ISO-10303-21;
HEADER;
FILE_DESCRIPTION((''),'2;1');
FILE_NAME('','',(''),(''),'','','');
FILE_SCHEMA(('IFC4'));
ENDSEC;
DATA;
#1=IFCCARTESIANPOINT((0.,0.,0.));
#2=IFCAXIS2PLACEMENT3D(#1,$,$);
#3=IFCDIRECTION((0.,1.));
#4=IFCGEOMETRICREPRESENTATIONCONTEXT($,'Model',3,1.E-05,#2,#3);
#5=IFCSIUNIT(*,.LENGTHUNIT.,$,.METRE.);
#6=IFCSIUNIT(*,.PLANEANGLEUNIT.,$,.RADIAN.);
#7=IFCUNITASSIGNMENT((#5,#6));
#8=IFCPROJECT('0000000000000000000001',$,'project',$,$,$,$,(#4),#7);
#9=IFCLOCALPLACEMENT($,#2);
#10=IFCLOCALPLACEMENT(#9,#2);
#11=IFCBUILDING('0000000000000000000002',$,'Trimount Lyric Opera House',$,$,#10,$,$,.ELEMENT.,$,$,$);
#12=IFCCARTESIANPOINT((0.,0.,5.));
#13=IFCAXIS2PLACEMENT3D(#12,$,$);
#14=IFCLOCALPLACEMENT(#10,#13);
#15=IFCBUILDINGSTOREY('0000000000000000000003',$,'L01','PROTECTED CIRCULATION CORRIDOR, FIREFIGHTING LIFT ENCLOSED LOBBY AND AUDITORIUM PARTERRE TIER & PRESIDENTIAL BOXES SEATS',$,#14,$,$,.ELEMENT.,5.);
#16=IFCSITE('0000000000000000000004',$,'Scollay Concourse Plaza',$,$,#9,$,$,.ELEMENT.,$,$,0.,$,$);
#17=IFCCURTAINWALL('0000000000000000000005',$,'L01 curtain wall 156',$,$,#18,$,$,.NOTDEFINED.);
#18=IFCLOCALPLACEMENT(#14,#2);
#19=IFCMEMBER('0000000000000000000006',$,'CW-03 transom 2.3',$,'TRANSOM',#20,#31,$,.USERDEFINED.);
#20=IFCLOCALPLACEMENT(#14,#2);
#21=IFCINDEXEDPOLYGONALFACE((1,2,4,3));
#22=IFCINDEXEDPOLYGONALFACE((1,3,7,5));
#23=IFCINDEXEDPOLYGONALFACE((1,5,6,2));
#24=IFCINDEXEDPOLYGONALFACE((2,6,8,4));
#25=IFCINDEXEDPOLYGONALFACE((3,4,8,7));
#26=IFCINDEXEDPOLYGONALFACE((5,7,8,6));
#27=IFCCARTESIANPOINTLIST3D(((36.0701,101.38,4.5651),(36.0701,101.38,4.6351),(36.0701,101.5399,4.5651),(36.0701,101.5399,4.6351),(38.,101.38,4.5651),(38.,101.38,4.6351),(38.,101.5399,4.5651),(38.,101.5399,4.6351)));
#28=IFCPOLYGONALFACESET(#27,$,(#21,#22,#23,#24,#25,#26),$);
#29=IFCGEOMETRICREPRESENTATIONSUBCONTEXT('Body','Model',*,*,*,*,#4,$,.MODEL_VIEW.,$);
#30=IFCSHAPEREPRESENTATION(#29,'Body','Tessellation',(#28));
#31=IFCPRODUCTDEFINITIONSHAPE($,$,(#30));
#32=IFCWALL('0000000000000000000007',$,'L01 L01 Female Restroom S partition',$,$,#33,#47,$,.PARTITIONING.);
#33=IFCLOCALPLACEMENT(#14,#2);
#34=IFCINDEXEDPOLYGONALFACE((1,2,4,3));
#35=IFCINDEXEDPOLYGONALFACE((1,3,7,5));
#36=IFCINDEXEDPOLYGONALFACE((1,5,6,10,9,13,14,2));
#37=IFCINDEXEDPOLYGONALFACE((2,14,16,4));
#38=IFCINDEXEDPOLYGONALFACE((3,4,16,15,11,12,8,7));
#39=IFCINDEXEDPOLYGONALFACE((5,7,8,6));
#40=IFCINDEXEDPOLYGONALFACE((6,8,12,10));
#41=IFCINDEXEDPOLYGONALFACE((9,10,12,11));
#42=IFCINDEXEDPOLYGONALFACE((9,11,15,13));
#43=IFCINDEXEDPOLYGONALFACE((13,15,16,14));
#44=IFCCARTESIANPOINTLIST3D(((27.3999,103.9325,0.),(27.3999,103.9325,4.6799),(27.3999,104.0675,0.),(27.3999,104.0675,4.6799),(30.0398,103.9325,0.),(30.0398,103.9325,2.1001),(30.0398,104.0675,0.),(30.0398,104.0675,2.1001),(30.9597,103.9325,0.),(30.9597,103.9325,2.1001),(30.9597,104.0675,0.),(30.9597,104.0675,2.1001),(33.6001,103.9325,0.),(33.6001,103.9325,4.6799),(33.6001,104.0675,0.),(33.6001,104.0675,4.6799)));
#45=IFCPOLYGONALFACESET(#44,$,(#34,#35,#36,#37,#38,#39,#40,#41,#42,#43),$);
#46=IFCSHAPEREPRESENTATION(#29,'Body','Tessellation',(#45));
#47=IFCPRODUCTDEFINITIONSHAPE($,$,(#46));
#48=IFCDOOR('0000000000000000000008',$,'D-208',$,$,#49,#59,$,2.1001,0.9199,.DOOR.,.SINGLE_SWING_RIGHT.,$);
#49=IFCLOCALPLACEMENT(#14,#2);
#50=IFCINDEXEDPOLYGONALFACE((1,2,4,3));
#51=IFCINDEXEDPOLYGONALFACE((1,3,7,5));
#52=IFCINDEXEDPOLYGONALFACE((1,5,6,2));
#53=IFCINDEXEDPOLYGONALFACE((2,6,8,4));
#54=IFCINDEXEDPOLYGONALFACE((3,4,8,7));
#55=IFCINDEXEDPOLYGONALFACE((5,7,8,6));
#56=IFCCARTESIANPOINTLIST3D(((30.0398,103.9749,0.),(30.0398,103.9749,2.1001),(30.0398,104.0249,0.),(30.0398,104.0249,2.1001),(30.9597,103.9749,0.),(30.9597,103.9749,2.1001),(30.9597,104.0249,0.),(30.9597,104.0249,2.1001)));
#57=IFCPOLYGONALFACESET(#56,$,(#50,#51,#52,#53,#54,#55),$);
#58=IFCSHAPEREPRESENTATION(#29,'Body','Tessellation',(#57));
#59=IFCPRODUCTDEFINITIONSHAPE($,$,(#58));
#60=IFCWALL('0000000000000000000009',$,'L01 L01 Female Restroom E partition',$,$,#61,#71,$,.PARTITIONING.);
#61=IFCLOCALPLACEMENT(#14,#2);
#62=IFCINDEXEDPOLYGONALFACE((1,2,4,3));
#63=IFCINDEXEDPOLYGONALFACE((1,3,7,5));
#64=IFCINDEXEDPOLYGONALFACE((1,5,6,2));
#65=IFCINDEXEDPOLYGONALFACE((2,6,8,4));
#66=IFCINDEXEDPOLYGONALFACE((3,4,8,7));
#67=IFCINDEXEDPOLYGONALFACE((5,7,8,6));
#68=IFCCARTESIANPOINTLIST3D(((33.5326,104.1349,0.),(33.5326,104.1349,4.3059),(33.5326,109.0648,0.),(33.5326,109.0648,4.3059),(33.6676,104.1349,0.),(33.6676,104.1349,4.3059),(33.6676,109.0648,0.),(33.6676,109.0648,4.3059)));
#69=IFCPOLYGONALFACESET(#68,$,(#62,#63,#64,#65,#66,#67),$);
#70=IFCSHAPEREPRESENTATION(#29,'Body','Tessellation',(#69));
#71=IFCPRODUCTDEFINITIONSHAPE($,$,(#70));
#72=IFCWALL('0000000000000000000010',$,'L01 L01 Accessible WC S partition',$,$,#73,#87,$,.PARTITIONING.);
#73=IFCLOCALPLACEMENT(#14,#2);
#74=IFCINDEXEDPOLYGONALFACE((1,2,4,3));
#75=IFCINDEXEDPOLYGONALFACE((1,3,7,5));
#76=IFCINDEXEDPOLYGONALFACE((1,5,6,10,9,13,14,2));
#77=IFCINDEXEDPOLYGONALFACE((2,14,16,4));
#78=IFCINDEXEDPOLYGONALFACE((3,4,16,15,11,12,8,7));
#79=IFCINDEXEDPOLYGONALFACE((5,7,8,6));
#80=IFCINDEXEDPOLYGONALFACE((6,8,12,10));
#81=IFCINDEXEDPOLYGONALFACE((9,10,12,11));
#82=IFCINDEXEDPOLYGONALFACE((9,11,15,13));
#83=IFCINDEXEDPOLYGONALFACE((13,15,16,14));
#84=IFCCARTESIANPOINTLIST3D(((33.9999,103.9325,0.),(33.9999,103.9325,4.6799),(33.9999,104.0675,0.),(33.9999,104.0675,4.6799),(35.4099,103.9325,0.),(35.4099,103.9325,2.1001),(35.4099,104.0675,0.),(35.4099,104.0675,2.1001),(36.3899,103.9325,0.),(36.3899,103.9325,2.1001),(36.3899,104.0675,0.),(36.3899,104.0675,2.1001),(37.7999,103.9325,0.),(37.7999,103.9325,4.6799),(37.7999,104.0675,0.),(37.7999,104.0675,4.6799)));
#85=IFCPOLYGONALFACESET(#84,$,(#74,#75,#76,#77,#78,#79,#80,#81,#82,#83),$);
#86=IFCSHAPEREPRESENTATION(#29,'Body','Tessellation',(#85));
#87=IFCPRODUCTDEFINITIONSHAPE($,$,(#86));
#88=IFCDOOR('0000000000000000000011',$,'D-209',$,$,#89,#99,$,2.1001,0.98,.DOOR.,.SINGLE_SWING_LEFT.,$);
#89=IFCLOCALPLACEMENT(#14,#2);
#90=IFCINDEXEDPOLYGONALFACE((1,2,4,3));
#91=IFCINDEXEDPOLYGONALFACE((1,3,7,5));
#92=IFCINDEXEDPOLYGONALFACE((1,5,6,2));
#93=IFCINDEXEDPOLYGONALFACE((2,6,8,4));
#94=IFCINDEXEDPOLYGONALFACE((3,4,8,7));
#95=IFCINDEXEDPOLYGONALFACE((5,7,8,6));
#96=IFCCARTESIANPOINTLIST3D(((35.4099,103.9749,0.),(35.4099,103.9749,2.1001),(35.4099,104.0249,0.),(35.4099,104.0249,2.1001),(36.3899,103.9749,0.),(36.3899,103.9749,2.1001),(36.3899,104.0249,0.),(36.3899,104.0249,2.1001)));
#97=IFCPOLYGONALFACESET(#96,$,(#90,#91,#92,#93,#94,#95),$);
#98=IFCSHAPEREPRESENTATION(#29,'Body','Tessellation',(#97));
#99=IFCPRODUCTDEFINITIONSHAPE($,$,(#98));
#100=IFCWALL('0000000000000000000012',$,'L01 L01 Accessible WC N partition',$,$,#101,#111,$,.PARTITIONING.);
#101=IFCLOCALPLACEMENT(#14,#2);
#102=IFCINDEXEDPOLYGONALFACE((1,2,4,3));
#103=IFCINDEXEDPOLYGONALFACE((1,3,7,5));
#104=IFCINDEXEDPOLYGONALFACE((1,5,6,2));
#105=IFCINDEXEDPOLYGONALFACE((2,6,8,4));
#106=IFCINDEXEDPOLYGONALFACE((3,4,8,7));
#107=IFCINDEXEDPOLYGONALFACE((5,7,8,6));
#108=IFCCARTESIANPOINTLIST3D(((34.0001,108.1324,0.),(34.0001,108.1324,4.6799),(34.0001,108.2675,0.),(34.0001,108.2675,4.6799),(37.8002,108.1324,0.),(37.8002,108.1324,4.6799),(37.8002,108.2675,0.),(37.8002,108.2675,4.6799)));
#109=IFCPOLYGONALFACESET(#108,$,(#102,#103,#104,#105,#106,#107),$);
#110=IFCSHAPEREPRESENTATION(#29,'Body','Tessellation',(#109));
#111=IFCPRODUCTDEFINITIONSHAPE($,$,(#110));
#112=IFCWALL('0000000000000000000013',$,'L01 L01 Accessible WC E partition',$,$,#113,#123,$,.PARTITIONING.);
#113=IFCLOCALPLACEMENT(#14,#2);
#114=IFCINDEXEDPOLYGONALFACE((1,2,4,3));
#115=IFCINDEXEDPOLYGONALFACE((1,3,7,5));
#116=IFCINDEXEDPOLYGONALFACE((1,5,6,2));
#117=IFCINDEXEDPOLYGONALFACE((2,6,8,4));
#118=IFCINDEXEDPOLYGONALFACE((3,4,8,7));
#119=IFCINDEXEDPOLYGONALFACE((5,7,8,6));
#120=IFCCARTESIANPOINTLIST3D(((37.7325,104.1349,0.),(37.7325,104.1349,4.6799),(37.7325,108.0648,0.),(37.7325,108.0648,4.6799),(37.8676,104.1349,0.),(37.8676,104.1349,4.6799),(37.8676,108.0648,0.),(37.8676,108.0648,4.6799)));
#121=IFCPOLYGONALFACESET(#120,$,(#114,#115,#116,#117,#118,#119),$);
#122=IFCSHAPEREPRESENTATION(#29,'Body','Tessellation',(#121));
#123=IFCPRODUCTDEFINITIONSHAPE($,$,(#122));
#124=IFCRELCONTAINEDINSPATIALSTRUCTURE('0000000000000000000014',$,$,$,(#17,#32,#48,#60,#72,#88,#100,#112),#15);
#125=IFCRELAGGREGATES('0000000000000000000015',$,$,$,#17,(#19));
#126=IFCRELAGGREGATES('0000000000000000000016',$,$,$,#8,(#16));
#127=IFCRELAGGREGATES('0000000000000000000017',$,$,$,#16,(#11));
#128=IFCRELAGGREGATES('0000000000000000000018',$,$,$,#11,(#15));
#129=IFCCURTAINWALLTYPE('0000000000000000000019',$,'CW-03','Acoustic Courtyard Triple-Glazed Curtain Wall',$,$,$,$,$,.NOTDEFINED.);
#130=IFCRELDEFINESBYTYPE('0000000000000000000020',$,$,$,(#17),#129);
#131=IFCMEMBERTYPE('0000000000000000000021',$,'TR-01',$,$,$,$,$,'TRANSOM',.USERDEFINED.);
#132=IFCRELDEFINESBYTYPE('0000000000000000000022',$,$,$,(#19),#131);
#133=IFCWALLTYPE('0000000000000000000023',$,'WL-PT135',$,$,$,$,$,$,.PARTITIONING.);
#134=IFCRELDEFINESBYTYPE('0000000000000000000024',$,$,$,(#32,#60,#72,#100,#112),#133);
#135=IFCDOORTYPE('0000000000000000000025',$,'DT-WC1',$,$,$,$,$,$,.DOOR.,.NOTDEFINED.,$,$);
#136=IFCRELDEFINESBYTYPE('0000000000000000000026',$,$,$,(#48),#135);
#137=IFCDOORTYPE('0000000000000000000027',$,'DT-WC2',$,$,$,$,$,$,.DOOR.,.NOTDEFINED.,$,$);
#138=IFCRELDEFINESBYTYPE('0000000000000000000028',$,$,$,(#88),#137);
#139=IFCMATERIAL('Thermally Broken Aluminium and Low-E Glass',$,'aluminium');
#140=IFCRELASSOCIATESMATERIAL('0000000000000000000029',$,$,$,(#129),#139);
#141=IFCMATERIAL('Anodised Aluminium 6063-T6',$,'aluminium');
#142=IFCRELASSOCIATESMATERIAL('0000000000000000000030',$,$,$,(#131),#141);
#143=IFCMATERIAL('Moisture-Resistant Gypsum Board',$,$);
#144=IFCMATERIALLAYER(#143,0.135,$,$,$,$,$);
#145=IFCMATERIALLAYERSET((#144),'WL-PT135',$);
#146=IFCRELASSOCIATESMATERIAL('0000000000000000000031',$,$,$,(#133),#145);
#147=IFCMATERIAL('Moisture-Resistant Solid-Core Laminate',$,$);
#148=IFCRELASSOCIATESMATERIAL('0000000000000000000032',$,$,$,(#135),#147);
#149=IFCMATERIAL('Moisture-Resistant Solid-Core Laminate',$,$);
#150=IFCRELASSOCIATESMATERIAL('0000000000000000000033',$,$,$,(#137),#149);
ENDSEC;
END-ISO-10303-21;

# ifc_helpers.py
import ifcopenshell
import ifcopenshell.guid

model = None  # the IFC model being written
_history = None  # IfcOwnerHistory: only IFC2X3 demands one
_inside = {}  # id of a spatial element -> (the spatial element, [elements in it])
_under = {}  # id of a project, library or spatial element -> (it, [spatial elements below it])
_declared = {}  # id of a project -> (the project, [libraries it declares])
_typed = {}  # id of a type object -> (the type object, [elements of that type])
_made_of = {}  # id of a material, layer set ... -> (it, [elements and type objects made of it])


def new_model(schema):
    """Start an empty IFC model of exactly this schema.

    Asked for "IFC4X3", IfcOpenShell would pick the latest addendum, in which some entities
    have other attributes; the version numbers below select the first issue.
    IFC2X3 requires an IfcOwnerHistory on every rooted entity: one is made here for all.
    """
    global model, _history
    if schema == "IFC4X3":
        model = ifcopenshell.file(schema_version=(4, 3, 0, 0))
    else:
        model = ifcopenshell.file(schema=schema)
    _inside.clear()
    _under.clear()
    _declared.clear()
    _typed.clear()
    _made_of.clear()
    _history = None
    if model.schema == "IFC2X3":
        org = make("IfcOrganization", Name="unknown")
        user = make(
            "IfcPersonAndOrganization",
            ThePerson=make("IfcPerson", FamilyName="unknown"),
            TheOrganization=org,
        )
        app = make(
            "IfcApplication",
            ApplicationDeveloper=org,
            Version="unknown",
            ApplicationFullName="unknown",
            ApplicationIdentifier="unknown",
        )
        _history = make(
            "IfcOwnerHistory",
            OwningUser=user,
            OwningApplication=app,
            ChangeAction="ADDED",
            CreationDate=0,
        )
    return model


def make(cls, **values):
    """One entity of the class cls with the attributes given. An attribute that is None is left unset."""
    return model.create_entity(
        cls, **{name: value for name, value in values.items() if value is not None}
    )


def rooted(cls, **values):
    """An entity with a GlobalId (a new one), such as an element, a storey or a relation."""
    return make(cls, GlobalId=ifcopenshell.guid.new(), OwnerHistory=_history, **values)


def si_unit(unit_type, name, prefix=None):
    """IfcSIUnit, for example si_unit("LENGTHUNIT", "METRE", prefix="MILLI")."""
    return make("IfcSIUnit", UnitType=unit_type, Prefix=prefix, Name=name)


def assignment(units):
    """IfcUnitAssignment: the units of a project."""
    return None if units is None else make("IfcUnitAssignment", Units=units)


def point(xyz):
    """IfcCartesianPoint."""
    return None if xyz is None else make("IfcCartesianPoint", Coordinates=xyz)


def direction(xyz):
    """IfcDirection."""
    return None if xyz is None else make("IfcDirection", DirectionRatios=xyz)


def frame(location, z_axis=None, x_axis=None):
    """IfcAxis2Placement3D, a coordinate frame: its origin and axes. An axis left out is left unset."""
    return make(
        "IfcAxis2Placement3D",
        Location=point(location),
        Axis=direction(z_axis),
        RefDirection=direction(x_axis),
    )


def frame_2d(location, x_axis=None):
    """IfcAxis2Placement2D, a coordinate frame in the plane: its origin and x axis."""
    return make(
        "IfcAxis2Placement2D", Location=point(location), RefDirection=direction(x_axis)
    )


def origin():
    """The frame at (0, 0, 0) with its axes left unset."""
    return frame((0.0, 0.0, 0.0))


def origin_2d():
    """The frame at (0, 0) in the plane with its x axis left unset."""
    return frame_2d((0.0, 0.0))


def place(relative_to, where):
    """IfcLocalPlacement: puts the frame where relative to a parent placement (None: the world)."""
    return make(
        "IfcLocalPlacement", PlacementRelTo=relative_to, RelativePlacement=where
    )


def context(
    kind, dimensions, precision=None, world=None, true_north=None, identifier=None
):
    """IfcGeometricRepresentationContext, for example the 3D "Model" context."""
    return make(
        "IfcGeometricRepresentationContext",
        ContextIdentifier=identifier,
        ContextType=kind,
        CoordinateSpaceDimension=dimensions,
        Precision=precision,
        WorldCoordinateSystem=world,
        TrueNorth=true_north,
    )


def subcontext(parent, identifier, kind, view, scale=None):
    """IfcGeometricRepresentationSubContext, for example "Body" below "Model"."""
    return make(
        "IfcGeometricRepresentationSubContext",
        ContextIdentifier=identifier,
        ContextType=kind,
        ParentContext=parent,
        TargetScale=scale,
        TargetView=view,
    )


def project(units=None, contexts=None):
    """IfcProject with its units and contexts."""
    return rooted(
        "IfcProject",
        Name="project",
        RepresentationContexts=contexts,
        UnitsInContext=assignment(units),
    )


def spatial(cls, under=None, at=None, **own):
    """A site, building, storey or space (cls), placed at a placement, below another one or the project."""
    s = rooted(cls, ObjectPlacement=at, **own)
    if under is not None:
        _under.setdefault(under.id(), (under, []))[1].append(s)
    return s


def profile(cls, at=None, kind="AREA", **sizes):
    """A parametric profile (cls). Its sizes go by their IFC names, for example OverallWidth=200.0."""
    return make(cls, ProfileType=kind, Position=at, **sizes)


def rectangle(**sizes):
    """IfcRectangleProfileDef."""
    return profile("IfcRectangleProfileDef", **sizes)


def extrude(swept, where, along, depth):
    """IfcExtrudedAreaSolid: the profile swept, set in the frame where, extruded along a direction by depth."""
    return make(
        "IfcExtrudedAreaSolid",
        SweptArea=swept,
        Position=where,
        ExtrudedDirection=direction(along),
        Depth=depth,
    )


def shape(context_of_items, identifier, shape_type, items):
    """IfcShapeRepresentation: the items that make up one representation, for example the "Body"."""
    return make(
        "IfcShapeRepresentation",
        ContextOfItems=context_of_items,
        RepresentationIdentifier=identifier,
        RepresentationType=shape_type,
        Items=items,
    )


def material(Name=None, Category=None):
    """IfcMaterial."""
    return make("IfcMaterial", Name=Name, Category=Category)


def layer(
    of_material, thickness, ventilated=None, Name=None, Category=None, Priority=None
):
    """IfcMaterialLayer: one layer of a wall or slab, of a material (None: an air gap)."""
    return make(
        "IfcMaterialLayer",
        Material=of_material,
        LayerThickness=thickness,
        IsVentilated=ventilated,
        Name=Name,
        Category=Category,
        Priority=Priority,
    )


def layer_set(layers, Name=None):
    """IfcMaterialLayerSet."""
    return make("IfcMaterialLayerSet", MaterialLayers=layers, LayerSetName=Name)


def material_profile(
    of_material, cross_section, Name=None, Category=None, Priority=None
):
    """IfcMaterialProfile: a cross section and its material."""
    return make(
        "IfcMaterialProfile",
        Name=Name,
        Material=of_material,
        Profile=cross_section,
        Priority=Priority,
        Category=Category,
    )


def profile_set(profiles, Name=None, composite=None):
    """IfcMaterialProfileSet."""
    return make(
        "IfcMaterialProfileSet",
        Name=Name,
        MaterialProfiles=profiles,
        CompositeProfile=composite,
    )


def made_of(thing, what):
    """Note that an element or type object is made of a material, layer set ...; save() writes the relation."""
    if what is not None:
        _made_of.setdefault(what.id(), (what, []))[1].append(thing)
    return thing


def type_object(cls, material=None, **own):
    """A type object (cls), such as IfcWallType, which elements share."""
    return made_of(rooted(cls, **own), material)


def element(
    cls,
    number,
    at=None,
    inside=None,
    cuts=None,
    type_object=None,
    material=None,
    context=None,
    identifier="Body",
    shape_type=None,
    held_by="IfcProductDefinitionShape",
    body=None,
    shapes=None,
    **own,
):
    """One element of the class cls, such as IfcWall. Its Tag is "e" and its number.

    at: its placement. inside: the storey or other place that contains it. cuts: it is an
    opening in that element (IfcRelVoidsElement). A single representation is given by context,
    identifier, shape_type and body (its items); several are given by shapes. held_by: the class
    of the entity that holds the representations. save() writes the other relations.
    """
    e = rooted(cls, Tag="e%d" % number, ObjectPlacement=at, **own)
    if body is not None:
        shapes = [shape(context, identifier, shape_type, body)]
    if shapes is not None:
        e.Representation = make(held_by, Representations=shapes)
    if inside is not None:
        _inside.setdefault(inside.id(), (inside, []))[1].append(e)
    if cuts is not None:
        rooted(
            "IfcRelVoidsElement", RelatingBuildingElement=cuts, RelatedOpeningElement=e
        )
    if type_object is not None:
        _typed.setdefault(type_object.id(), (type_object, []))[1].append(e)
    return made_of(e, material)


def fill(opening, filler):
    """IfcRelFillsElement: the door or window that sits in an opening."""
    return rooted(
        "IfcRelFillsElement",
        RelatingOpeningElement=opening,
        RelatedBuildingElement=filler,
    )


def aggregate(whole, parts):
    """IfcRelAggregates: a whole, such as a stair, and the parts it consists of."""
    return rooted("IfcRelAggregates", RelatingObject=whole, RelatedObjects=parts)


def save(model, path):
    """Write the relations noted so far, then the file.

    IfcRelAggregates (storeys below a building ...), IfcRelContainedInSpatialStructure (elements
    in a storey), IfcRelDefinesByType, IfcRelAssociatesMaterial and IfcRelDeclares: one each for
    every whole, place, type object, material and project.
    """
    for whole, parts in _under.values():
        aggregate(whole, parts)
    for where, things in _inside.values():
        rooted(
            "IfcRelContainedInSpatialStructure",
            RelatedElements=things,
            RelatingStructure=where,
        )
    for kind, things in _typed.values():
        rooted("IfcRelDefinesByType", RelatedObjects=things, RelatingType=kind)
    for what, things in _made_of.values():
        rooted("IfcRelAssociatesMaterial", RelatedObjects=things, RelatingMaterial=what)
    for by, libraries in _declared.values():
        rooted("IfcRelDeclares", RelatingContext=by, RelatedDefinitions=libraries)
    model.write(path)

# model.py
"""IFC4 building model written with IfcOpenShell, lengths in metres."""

from ifc_helpers import new_model, si_unit, direction, frame, frame_2d, origin, origin_2d, place, context, subcontext, project, spatial, rectangle, extrude, material, layer, layer_set, material_profile, profile_set, type_object, element, fill, aggregate, save


model = new_model("IFC4")

# Units and contexts
model_context = context("Model", 3, precision=1e-05, world=origin(), true_north=direction((0.0, 1.0)))
body_context = subcontext(model_context, "Body", "Model", "MODEL_VIEW")
ifc_project = project(units=[si_unit("LENGTHUNIT", "METRE"), si_unit("PLANEANGLEUNIT", "RADIAN")], contexts=[model_context])

# Site, building, storey
site_placement = place(None, origin())
site = spatial("IfcSite", under=ifc_project, at=site_placement, Name="Scollay Concourse Plaza", CompositionType="ELEMENT", RefElevation=0.0)
building_placement = place(site_placement, origin())
building = spatial("IfcBuilding", under=site, at=building_placement, Name="Trimount Lyric Opera House", CompositionType="ELEMENT")
storey_placement = place(building_placement, frame((0.0, 0.0, 5.0)))
storey = spatial("IfcBuildingStorey", under=building, at=storey_placement, Name="L01", Description="PROTECTED CIRCULATION CORRIDOR, FIREFIGHTING LIFT ENCLOSED LOBBY AND AUDITORIUM PARTERRE TIER & PRESIDENTIAL BOXES SEATS", CompositionType="ELEMENT", Elevation=5.0)

# Curtain wall
ifc_material_1 = material(Name="Thermally Broken Aluminium and Low-E Glass", Category="aluminium")
curtain_wall_type = type_object("IfcCurtainWallType", Name="CW-03", Description="Acoustic Courtyard Triple-Glazed Curtain Wall", PredefinedType="NOTDEFINED", material=ifc_material_1)
curtain_wall_placement = place(storey_placement, origin())
curtain_wall = element("IfcCurtainWall", 1, at=curtain_wall_placement, inside=storey, type_object=curtain_wall_type, Name="L01 curtain wall 156", PredefinedType="NOTDEFINED")

# Member
ifc_material_2 = material(Name="Anodised Aluminium 6063-T6", Category="aluminium")
ifc_material_profile_1 = material_profile(ifc_material_2, rectangle(XDim=0.1599, YDim=0.0701, at=origin_2d()), Name="ALU-TRAN-70X160")
ifc_profile_set_1 = profile_set([ifc_material_profile_1], Name="Anodised Aluminium 6063-T6")
member_type_1 = type_object("IfcMemberType", Name="TR-01", ElementType="TRANSOM", PredefinedType="USERDEFINED", material=ifc_profile_set_1)
member_1_placement = place(storey_placement, frame((38.0, 101.46, 4.6001), z_axis=(-1.0, 0.0, 0.0), x_axis=(0.0, -1.0, 0.0)))
member_1 = element("IfcMember", 2, at=member_1_placement, type_object=member_type_1, Name="CW-03 transom 2.3", ObjectType="TRANSOM", PredefinedType="USERDEFINED", context=body_context, shape_type="SweptSolid", body=[
    extrude(rectangle(XDim=0.1599, YDim=0.0701, at=origin_2d()), origin(), (0.0, 0.0, 1.0), 1.9299),
])
aggregate(curtain_wall, [member_1])

# Wall, opening, door
ifc_material_3 = material(Name="Moisture-Resistant Gypsum Board")
ifc_layer = layer(ifc_material_3, 0.135)
ifc_layer_set = layer_set([ifc_layer], Name="WL-PT135")
wall_type = type_object("IfcWallType", Name="WL-PT135", PredefinedType="PARTITIONING", material=ifc_layer_set)
wall_1_placement = place(storey_placement, frame((27.3999, 104.0, 0.0), z_axis=(0.0, 0.0, 1.0), x_axis=(1.0, 0.0, 0.0)))
wall_1 = element("IfcWall", 3, at=wall_1_placement, inside=storey, type_object=wall_type, Name="L01 L01 Female Restroom S partition", PredefinedType="PARTITIONING", context=body_context, shape_type="SweptSolid", body=[
    extrude(rectangle(XDim=6.2002, YDim=0.135, at=frame_2d((3.1001, 0.0))), origin(), (0.0, 0.0, 1.0), 4.6799),
])
opening_1_placement = place(wall_1_placement, frame((2.6399, 0.0, 0.0)))
opening_1 = element("IfcOpeningElement", 4, at=opening_1_placement, cuts=wall_1, PredefinedType="OPENING", context=body_context, shape_type="SweptSolid", body=[
    extrude(rectangle(XDim=0.9199, YDim=2.1001, at=frame_2d((0.46, 1.05))), frame((0.0, 0.0776, 0.0), z_axis=(0.0, -1.0, 0.0), x_axis=(1.0, 0.0, 0.0)), (0.0, 0.0, 1.0), 0.155),
])
ifc_material_4 = material(Name="Moisture-Resistant Solid-Core Laminate")
door_type_1 = type_object("IfcDoorType", Name="DT-WC1", OperationType="NOTDEFINED", PredefinedType="DOOR", material=ifc_material_4)
door_1_placement = place(opening_1_placement, origin())
door_1 = element("IfcDoor", 5, at=door_1_placement, inside=storey, type_object=door_type_1, Name="D-208", OperationType="SINGLE_SWING_RIGHT", OverallHeight=2.1001, OverallWidth=0.9199, PredefinedType="DOOR", context=body_context, shape_type="SweptSolid", body=[
    extrude(rectangle(XDim=0.9199, YDim=2.1001, at=frame_2d((0.46, 1.05))), frame((0.0, 0.0249, 0.0), z_axis=(0.0, -1.0, 0.0), x_axis=(1.0, 0.0, 0.0)), (0.0, 0.0, 1.0), 0.05),
])
fill(opening_1, door_1)

# Wall
wall_2_placement = place(storey_placement, frame((33.6001, 104.135, 0.0), z_axis=(0.0, 0.0, 1.0), x_axis=(0.0, 1.0, 0.0)))
element("IfcWall", 6, at=wall_2_placement, inside=storey, type_object=wall_type, Name="L01 L01 Female Restroom E partition", PredefinedType="PARTITIONING", context=body_context, shape_type="SweptSolid", body=[
    extrude(rectangle(XDim=4.9299, YDim=0.135, at=frame_2d((2.4648, 0.0))), origin(), (0.0, 0.0, 1.0), 4.3059),
])

# Wall, opening, door
wall_3_placement = place(storey_placement, frame((34.0, 104.0, 0.0), z_axis=(0.0, 0.0, 1.0), x_axis=(1.0, 0.0, 0.0)))
wall_3 = element("IfcWall", 7, at=wall_3_placement, inside=storey, type_object=wall_type, Name="L01 L01 Accessible WC S partition", PredefinedType="PARTITIONING", context=body_context, shape_type="SweptSolid", body=[
    extrude(rectangle(XDim=3.8, YDim=0.135, at=frame_2d((1.8999, 0.0))), origin(), (0.0, 0.0, 1.0), 4.6799),
])
opening_2_placement = place(wall_3_placement, frame((1.4099, 0.0, 0.0)))
opening_2 = element("IfcOpeningElement", 8, at=opening_2_placement, cuts=wall_3, PredefinedType="OPENING", context=body_context, shape_type="SweptSolid", body=[
    extrude(rectangle(XDim=0.98, YDim=2.1001, at=frame_2d((0.49, 1.05))), frame((0.0, 0.0776, 0.0), z_axis=(0.0, -1.0, 0.0), x_axis=(1.0, 0.0, 0.0)), (0.0, 0.0, 1.0), 0.155),
])
ifc_material_5 = material(Name="Moisture-Resistant Solid-Core Laminate")
door_type_2 = type_object("IfcDoorType", Name="DT-WC2", OperationType="NOTDEFINED", PredefinedType="DOOR", material=ifc_material_5)
door_2_placement = place(opening_2_placement, origin())
door_2 = element("IfcDoor", 9, at=door_2_placement, inside=storey, type_object=door_type_2, Name="D-209", OperationType="SINGLE_SWING_LEFT", OverallHeight=2.1001, OverallWidth=0.98, PredefinedType="DOOR", context=body_context, shape_type="SweptSolid", body=[
    extrude(rectangle(XDim=0.98, YDim=2.1001, at=frame_2d((0.49, 1.05))), frame((0.0, 0.0249, 0.0), z_axis=(0.0, -1.0, 0.0), x_axis=(1.0, 0.0, 0.0)), (0.0, 0.0, 1.0), 0.05),
])
fill(opening_2, door_2)

# Walls
wall_4_placement = place(storey_placement, frame((37.8, 108.2, 0.0), z_axis=(0.0, 0.0, 1.0), x_axis=(-1.0, 0.0, 0.0)))
element("IfcWall", 10, at=wall_4_placement, inside=storey, type_object=wall_type, Name="L01 L01 Accessible WC N partition", PredefinedType="PARTITIONING", context=body_context, shape_type="SweptSolid", body=[
    extrude(rectangle(XDim=3.8, YDim=0.135, at=frame_2d((1.8999, 0.0))), origin(), (0.0, 0.0, 1.0), 4.6799),
])
wall_5_placement = place(storey_placement, frame((37.8, 104.135, 0.0), z_axis=(0.0, 0.0, 1.0), x_axis=(0.0, 1.0, 0.0)))
element("IfcWall", 11, at=wall_5_placement, inside=storey, type_object=wall_type, Name="L01 L01 Accessible WC E partition", PredefinedType="PARTITIONING", context=body_context, shape_type="SweptSolid", body=[
    extrude(rectangle(XDim=3.9299, YDim=0.135, at=frame_2d((1.9648, 0.0))), origin(), (0.0, 0.0, 1.0), 4.6799),
])

save(model, "model.ifc")
